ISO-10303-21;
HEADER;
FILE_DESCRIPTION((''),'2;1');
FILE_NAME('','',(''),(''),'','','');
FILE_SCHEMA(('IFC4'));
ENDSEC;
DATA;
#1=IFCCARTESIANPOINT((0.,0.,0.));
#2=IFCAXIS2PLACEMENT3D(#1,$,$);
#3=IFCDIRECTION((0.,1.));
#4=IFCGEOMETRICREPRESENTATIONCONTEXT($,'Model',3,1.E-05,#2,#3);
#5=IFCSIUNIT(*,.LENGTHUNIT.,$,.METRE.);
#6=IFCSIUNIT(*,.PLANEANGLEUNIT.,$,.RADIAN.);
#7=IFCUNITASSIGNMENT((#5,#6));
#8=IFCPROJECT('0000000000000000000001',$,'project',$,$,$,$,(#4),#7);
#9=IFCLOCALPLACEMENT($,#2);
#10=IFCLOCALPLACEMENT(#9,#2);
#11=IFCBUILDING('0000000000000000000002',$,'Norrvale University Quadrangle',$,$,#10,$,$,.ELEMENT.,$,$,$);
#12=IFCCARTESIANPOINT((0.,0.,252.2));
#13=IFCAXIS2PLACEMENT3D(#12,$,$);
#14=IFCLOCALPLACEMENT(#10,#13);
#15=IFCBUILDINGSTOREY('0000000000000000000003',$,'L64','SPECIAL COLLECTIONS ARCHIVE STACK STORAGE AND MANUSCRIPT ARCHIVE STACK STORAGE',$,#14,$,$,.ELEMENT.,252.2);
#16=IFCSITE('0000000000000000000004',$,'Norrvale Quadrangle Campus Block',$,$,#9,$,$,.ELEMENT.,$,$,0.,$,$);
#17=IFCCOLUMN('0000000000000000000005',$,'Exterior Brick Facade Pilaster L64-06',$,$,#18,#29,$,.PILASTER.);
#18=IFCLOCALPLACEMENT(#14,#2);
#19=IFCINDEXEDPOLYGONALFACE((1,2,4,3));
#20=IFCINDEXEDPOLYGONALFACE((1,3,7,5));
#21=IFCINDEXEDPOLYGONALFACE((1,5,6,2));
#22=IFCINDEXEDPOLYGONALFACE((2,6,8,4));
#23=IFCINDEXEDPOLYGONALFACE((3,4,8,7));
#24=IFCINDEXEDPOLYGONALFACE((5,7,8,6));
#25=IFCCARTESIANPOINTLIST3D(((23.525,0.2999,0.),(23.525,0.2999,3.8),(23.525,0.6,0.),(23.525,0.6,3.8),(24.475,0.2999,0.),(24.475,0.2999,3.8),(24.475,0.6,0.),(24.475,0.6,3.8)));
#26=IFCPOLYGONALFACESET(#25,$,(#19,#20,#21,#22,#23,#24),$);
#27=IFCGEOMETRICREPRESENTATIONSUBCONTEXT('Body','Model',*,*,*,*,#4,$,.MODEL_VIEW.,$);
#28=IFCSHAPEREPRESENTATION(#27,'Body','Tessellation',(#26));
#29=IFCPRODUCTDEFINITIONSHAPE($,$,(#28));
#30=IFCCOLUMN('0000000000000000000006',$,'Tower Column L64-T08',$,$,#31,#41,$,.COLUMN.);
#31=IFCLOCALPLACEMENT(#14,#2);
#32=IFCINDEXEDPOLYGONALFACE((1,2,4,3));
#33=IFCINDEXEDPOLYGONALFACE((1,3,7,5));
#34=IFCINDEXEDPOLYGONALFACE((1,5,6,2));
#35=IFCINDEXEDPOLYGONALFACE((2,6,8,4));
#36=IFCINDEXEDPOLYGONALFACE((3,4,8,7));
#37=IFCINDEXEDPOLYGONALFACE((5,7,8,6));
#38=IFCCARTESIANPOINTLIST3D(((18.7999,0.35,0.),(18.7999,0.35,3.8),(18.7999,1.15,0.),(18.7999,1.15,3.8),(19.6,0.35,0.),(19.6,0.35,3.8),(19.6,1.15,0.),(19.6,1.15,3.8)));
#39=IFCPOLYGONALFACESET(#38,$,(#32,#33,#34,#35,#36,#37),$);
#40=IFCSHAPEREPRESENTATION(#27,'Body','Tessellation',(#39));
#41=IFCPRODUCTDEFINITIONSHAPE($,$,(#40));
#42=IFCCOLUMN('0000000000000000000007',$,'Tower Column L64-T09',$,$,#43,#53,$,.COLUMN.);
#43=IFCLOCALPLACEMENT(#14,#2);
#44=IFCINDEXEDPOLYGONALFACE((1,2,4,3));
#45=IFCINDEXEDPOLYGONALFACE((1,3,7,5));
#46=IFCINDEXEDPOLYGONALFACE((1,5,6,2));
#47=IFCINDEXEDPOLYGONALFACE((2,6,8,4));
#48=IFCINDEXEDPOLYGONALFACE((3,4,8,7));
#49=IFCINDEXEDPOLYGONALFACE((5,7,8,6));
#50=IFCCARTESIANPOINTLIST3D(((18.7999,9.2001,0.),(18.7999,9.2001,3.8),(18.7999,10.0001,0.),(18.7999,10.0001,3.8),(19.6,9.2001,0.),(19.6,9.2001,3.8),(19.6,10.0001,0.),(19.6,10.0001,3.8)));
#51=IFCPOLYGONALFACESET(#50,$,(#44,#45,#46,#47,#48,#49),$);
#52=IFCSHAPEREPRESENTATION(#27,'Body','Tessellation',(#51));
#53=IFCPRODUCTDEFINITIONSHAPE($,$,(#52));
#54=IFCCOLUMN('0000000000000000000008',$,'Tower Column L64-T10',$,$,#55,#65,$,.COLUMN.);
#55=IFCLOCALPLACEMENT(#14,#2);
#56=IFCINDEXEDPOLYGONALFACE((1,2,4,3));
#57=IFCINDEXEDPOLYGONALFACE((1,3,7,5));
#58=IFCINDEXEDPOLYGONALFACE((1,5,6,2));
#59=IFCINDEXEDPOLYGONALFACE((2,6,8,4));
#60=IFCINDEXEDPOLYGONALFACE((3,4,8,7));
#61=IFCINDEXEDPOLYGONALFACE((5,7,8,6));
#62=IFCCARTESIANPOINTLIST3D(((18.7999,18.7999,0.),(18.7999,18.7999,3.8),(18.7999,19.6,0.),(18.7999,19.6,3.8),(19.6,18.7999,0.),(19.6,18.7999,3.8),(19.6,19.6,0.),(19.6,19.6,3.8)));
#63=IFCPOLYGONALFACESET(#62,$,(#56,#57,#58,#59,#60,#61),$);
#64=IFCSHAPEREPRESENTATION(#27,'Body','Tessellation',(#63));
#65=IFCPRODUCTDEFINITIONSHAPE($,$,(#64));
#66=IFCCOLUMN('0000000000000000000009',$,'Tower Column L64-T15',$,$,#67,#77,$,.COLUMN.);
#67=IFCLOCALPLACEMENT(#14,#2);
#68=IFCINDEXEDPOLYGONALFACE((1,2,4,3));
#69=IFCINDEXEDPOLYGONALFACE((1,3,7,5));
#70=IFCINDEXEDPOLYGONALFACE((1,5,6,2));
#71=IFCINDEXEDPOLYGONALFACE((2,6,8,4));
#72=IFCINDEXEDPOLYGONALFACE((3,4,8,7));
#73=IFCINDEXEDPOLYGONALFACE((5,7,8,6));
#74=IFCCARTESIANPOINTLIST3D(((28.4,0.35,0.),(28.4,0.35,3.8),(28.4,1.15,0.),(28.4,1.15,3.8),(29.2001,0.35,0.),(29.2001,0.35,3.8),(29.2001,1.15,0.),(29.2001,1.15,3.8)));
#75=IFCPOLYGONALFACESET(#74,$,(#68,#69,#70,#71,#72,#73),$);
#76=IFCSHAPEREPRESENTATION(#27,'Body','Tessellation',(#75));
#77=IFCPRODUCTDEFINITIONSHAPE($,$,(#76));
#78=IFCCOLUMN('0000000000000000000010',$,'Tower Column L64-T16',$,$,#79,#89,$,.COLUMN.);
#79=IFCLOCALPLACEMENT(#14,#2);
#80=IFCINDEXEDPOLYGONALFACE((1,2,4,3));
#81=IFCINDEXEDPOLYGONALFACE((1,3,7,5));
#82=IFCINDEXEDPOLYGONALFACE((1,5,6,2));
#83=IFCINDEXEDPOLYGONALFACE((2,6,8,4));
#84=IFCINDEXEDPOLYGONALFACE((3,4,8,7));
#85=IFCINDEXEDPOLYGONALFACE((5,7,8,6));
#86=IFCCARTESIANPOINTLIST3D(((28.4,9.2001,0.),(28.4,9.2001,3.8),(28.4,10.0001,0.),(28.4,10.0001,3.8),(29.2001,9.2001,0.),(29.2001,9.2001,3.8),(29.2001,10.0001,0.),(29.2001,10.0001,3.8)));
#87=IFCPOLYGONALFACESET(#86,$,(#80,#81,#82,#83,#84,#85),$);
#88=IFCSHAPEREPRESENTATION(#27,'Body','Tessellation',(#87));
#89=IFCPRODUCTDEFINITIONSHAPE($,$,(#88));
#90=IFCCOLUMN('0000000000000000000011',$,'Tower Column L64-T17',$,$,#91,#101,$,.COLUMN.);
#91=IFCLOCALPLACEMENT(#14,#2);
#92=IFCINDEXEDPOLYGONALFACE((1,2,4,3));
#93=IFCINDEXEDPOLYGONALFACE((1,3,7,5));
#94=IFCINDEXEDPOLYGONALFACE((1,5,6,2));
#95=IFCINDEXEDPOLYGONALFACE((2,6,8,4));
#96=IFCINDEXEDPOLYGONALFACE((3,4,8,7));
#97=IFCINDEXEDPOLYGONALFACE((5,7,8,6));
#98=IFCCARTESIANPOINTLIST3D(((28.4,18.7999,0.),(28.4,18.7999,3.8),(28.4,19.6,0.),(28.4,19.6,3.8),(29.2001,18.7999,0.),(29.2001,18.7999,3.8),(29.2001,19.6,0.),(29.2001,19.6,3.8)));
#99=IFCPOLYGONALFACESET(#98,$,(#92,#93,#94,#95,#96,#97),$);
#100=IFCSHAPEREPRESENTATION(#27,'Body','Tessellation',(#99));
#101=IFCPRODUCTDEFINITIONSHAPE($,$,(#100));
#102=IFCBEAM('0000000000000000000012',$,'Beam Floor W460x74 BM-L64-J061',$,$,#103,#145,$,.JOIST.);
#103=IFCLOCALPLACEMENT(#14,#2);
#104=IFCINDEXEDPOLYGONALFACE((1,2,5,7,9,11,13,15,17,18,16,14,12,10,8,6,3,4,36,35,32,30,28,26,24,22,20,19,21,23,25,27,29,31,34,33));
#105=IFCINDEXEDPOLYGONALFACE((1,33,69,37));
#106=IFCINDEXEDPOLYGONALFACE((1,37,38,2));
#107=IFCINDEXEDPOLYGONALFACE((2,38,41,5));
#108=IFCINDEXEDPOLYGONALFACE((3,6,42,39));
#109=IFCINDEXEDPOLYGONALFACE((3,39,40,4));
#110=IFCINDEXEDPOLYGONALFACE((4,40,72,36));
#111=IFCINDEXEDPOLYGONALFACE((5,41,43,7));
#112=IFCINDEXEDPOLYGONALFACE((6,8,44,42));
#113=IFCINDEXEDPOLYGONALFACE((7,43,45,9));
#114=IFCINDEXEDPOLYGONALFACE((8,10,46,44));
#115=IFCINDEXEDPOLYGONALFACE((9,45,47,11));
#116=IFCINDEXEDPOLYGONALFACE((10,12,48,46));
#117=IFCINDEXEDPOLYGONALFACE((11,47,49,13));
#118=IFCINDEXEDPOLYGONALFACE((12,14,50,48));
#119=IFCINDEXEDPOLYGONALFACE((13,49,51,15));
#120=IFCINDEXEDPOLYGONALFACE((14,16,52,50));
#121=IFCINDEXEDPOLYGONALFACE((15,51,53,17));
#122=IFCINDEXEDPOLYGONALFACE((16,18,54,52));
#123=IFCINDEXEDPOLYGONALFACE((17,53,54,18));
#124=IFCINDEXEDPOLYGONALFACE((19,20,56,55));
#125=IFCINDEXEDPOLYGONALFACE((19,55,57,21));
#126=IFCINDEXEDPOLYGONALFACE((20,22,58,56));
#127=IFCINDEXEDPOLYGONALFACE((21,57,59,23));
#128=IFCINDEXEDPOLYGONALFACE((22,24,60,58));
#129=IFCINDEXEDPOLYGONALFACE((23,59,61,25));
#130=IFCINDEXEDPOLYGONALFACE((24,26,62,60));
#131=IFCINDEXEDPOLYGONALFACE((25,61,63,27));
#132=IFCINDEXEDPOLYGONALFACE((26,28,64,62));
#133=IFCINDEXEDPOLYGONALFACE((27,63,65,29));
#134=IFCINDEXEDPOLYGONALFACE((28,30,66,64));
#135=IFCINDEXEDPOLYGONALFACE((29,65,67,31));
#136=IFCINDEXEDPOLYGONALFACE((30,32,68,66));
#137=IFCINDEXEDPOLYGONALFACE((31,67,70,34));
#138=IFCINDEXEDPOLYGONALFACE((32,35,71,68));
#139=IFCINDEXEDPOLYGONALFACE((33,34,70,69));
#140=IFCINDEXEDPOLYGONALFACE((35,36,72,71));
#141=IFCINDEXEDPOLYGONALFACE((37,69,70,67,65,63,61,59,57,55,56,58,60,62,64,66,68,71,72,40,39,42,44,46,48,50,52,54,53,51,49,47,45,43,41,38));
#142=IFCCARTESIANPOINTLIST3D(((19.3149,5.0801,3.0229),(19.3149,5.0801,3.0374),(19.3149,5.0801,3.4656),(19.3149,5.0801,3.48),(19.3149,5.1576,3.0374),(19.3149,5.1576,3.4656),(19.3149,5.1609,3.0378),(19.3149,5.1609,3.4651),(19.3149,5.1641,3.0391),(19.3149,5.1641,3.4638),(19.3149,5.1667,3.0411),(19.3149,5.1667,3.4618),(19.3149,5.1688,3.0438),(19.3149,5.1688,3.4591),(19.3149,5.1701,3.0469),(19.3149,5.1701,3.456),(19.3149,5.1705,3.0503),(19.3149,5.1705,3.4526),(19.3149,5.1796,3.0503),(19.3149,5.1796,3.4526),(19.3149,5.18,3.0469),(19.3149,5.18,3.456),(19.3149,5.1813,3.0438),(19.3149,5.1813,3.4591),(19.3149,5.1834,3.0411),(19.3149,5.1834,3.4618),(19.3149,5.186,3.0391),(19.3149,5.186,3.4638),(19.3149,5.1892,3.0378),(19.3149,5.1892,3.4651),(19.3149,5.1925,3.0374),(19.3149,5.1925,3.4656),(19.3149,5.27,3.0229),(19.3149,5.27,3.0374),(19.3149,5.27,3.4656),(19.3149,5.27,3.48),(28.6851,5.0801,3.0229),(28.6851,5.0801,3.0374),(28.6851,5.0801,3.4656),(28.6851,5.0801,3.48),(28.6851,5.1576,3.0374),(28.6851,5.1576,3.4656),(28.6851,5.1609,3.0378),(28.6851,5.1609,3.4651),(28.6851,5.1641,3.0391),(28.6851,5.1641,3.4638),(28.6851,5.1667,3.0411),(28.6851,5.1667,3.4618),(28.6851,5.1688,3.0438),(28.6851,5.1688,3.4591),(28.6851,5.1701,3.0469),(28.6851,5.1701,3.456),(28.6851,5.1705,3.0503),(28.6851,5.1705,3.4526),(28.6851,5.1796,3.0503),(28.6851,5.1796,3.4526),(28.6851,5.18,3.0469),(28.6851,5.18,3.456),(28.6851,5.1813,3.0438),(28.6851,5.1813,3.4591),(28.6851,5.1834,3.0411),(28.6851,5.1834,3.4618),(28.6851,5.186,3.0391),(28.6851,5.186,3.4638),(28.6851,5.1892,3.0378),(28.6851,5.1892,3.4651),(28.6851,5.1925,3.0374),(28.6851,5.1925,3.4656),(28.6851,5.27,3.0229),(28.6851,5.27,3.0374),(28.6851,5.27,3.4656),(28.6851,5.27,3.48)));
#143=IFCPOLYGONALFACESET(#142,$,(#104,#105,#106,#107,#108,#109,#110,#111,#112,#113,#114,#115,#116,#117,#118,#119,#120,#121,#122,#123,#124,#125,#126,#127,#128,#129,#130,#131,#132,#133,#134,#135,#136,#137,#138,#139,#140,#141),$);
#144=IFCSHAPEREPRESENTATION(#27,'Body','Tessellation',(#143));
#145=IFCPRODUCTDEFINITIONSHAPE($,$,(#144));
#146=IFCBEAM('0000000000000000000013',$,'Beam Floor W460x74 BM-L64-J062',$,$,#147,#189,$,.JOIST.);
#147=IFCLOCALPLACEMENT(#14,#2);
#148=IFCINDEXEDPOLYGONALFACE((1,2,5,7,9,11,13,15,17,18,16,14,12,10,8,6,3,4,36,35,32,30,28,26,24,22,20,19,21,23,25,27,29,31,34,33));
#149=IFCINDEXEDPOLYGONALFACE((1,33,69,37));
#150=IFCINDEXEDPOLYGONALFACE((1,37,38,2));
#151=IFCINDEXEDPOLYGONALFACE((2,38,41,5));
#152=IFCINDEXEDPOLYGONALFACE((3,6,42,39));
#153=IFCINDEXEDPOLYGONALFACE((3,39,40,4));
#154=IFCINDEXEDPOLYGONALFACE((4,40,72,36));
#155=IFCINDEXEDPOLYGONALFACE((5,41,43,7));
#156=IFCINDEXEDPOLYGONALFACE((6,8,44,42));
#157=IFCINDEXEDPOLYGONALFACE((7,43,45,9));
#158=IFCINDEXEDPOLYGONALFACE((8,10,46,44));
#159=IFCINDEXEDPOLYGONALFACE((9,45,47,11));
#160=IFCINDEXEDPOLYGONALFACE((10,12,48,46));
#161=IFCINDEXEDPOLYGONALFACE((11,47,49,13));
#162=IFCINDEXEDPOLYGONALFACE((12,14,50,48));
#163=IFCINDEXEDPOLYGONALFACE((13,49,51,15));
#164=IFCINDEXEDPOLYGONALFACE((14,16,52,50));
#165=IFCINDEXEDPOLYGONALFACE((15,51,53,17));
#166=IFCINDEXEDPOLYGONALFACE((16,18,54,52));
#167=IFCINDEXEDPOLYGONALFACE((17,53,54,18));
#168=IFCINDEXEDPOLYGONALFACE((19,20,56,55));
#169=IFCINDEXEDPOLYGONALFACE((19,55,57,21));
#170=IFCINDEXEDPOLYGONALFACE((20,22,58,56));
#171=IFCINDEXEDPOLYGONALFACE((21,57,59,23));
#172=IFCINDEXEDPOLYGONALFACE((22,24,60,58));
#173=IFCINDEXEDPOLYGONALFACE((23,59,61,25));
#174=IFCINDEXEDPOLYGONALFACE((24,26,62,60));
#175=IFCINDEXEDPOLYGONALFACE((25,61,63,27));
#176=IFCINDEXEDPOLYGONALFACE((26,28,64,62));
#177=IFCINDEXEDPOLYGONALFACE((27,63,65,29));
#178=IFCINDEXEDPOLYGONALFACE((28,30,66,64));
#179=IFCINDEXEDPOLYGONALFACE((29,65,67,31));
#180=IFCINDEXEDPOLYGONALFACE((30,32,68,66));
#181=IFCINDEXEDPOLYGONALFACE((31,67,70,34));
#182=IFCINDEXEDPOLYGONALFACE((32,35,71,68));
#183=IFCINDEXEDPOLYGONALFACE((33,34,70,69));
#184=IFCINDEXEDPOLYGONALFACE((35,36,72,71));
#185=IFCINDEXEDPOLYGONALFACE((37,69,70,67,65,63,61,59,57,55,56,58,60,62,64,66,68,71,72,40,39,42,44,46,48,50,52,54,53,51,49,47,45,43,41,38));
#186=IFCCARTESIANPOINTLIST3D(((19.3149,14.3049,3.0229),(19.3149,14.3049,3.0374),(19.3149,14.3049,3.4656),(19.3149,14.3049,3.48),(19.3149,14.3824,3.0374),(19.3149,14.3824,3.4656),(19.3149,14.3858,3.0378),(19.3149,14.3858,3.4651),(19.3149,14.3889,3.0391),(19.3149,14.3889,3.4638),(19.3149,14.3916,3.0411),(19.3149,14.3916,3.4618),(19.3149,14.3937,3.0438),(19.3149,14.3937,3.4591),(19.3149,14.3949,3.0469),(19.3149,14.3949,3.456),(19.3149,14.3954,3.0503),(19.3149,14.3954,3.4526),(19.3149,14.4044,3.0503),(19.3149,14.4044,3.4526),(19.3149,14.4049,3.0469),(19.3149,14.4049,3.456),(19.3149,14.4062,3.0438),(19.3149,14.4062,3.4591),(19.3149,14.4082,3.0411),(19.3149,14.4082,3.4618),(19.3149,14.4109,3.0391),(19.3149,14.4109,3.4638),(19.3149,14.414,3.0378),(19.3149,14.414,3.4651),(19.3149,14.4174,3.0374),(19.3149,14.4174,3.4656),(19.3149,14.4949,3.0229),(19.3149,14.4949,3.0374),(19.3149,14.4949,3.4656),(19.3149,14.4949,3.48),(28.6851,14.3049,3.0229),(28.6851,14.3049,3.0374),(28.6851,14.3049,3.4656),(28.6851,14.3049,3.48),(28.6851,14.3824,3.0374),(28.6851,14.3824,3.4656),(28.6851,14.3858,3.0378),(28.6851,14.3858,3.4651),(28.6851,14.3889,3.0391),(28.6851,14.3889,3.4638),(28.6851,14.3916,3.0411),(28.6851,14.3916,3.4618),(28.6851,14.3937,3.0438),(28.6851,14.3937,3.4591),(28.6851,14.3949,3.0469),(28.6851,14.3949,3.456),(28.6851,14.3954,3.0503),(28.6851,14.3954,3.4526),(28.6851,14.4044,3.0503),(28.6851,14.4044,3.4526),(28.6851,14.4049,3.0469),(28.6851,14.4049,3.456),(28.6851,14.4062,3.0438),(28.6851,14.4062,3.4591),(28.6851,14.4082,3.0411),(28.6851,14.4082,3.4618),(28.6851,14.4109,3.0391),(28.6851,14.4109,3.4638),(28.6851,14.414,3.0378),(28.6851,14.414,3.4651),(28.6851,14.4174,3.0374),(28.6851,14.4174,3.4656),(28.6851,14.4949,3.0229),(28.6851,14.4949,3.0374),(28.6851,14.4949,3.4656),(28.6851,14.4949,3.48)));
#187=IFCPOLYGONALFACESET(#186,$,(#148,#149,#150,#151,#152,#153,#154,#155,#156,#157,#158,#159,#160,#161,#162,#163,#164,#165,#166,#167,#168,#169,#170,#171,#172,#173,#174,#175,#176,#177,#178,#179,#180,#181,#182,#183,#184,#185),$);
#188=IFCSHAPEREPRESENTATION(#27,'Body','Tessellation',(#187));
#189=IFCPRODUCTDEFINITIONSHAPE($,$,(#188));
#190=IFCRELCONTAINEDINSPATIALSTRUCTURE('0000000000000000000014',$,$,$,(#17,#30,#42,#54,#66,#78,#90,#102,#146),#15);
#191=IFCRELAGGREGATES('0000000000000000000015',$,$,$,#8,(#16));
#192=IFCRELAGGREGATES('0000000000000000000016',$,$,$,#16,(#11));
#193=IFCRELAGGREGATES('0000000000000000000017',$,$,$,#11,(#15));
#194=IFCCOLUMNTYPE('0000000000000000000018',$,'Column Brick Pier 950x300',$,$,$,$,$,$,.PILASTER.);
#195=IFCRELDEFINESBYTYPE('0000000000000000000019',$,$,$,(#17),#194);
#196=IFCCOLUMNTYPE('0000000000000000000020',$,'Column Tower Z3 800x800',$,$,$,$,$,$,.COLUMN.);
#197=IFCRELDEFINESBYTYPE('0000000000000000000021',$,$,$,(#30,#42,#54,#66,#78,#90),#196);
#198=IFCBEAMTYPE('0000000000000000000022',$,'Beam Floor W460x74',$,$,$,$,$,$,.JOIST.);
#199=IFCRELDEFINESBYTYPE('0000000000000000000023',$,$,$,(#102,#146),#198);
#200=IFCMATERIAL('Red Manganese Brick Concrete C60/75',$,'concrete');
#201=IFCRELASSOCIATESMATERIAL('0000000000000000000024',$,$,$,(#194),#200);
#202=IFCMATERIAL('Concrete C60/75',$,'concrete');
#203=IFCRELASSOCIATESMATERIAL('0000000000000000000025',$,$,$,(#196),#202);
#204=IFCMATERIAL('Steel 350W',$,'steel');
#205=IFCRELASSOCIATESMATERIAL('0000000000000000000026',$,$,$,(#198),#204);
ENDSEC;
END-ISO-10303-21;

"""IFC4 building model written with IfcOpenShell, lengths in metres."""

from ifc_helpers import new_model, si_unit, direction, frame, origin, origin_2d, place, context, subcontext, project, spatial, rectangle, i_section, extrude, material, material_profile, profile_set, type_object, element, save


model = new_model("IFC4")

# Units and contexts
model_context = context("Model", 3, precision=1e-05, world=origin(), true_north=direction((0.0, 1.0)))
body_context = subcontext(model_context, "Body", "Model", "MODEL_VIEW")
ifc_project = project(units=[si_unit("LENGTHUNIT", "METRE"), si_unit("PLANEANGLEUNIT", "RADIAN")], contexts=[model_context])

# Site, building, storey
site_placement = place(None, origin())
site = spatial("IfcSite", under=ifc_project, at=site_placement, Name="Norrvale Quadrangle Campus Block", CompositionType="ELEMENT", RefElevation=0.0)
building_placement = place(site_placement, origin())
building = spatial("IfcBuilding", under=site, at=building_placement, Name="Norrvale University Quadrangle", CompositionType="ELEMENT")
storey_placement = place(building_placement, frame((0.0, 0.0, 252.2)))
storey = spatial("IfcBuildingStorey", under=building, at=storey_placement, Name="L64", Description="SPECIAL COLLECTIONS ARCHIVE STACK STORAGE AND MANUSCRIPT ARCHIVE STACK STORAGE", CompositionType="ELEMENT", Elevation=252.2)

# Columns
ifc_material_1 = material(Name="Red Manganese Brick Concrete C60/75", Category="concrete")
ifc_material_profile_1 = material_profile(ifc_material_1, rectangle(XDim=0.95, YDim=0.3, at=origin_2d()), Name="Red Manganese Brick Concrete C60/75")
ifc_profile_set_1 = profile_set([ifc_material_profile_1], Name="Red Manganese Brick Concrete C60/75")
column_type_1 = type_object("IfcColumnType", Name="Column Brick Pier 950x300", PredefinedType="PILASTER", material=ifc_profile_set_1)
column_placement = place(storey_placement, frame((24.0, 0.45, 0.0), z_axis=(0.0, 0.0, 1.0), x_axis=(1.0, 0.0, 0.0)))
element("IfcColumn", 1, at=column_placement, inside=storey, type_object=column_type_1, Name="Exterior Brick Facade Pilaster L64-06", PredefinedType="PILASTER", context=body_context, shape_type="SweptSolid", body=[
    extrude(rectangle(XDim=0.95, YDim=0.3, at=origin_2d()), origin(), (0.0, 0.0, 1.0), 3.8),
])
ifc_material_2 = material(Name="Concrete C60/75", Category="concrete")
ifc_material_profile_2 = material_profile(ifc_material_2, rectangle(XDim=0.8, YDim=0.8, at=origin_2d()), Name="Concrete C60/75")
ifc_profile_set_2 = profile_set([ifc_material_profile_2], Name="Concrete C60/75")
column_type_2 = type_object("IfcColumnType", Name="Column Tower Z3 800x800", PredefinedType="COLUMN", material=ifc_profile_set_2)
for number, where, z_axis, x_axis, name in (
    (2, (19.2, 0.75, 0.0), (0.0, 0.0, 1.0), (1.0, 0.0, 0.0), "Tower Column L64-T08"),
    (3, (19.2, 9.6001, 0.0), (0.0, 0.0, 1.0), (1.0, 0.0, 0.0), "Tower Column L64-T09"),
    (4, (19.2, 19.2, 0.0), (0.0, 0.0, 1.0), (1.0, 0.0, 0.0), "Tower Column L64-T10"),
    (5, (28.8, 0.75, 0.0), (0.0, 0.0, 1.0), (1.0, 0.0, 0.0), "Tower Column L64-T15"),
    (6, (28.8, 9.6001, 0.0), (0.0, 0.0, 1.0), (1.0, 0.0, 0.0), "Tower Column L64-T16"),
    (7, (28.8, 19.2, 0.0), (0.0, 0.0, 1.0), (1.0, 0.0, 0.0), "Tower Column L64-T17"),
):
    element("IfcColumn", number, at=place(storey_placement, frame(where, z_axis=z_axis, x_axis=x_axis)), inside=storey, type_object=column_type_2, Name=name, PredefinedType="COLUMN", context=body_context, shape_type="SweptSolid", body=[
        extrude(rectangle(XDim=0.8, YDim=0.8, at=origin_2d()), origin(), (0.0, 0.0, 1.0), 3.8),
    ])

# Beams
ifc_material_3 = material(Name="Steel 350W", Category="steel")
ifc_material_profile_3 = material_profile(ifc_material_3, i_section(OverallWidth=0.1899, OverallDepth=0.457, WebThickness=0.009, FlangeThickness=0.0144, FilletRadius=0.0129, at=origin_2d()), Name="Steel 350W")
ifc_profile_set_3 = profile_set([ifc_material_profile_3], Name="Steel 350W")
beam_type_1 = type_object("IfcBeamType", Name="Beam Floor W460x74", PredefinedType="JOIST", material=ifc_profile_set_3)
for number, where, z_axis, x_axis, name in (
    (8, (19.3149, 5.175, 3.2515), (1.0, 0.0, 0.0), (0.0, 1.0, 0.0), "Beam Floor W460x74 BM-L64-J061"),
    (9, (19.3149, 14.3999, 3.2515), (1.0, 0.0, 0.0), (0.0, 1.0, 0.0), "Beam Floor W460x74 BM-L64-J062"),
):
    element("IfcBeam", number, at=place(storey_placement, frame(where, z_axis=z_axis, x_axis=x_axis)), inside=storey, type_object=beam_type_1, Name=name, PredefinedType="JOIST", context=body_context, shape_type="SweptSolid", body=[
        extrude(i_section(OverallWidth=0.1899, OverallDepth=0.457, WebThickness=0.009, FlangeThickness=0.0144, FilletRadius=0.0129, at=origin_2d()), origin(), (0.0, 0.0, 1.0), 9.3701),
    ])

save(model, "model.ifc")
